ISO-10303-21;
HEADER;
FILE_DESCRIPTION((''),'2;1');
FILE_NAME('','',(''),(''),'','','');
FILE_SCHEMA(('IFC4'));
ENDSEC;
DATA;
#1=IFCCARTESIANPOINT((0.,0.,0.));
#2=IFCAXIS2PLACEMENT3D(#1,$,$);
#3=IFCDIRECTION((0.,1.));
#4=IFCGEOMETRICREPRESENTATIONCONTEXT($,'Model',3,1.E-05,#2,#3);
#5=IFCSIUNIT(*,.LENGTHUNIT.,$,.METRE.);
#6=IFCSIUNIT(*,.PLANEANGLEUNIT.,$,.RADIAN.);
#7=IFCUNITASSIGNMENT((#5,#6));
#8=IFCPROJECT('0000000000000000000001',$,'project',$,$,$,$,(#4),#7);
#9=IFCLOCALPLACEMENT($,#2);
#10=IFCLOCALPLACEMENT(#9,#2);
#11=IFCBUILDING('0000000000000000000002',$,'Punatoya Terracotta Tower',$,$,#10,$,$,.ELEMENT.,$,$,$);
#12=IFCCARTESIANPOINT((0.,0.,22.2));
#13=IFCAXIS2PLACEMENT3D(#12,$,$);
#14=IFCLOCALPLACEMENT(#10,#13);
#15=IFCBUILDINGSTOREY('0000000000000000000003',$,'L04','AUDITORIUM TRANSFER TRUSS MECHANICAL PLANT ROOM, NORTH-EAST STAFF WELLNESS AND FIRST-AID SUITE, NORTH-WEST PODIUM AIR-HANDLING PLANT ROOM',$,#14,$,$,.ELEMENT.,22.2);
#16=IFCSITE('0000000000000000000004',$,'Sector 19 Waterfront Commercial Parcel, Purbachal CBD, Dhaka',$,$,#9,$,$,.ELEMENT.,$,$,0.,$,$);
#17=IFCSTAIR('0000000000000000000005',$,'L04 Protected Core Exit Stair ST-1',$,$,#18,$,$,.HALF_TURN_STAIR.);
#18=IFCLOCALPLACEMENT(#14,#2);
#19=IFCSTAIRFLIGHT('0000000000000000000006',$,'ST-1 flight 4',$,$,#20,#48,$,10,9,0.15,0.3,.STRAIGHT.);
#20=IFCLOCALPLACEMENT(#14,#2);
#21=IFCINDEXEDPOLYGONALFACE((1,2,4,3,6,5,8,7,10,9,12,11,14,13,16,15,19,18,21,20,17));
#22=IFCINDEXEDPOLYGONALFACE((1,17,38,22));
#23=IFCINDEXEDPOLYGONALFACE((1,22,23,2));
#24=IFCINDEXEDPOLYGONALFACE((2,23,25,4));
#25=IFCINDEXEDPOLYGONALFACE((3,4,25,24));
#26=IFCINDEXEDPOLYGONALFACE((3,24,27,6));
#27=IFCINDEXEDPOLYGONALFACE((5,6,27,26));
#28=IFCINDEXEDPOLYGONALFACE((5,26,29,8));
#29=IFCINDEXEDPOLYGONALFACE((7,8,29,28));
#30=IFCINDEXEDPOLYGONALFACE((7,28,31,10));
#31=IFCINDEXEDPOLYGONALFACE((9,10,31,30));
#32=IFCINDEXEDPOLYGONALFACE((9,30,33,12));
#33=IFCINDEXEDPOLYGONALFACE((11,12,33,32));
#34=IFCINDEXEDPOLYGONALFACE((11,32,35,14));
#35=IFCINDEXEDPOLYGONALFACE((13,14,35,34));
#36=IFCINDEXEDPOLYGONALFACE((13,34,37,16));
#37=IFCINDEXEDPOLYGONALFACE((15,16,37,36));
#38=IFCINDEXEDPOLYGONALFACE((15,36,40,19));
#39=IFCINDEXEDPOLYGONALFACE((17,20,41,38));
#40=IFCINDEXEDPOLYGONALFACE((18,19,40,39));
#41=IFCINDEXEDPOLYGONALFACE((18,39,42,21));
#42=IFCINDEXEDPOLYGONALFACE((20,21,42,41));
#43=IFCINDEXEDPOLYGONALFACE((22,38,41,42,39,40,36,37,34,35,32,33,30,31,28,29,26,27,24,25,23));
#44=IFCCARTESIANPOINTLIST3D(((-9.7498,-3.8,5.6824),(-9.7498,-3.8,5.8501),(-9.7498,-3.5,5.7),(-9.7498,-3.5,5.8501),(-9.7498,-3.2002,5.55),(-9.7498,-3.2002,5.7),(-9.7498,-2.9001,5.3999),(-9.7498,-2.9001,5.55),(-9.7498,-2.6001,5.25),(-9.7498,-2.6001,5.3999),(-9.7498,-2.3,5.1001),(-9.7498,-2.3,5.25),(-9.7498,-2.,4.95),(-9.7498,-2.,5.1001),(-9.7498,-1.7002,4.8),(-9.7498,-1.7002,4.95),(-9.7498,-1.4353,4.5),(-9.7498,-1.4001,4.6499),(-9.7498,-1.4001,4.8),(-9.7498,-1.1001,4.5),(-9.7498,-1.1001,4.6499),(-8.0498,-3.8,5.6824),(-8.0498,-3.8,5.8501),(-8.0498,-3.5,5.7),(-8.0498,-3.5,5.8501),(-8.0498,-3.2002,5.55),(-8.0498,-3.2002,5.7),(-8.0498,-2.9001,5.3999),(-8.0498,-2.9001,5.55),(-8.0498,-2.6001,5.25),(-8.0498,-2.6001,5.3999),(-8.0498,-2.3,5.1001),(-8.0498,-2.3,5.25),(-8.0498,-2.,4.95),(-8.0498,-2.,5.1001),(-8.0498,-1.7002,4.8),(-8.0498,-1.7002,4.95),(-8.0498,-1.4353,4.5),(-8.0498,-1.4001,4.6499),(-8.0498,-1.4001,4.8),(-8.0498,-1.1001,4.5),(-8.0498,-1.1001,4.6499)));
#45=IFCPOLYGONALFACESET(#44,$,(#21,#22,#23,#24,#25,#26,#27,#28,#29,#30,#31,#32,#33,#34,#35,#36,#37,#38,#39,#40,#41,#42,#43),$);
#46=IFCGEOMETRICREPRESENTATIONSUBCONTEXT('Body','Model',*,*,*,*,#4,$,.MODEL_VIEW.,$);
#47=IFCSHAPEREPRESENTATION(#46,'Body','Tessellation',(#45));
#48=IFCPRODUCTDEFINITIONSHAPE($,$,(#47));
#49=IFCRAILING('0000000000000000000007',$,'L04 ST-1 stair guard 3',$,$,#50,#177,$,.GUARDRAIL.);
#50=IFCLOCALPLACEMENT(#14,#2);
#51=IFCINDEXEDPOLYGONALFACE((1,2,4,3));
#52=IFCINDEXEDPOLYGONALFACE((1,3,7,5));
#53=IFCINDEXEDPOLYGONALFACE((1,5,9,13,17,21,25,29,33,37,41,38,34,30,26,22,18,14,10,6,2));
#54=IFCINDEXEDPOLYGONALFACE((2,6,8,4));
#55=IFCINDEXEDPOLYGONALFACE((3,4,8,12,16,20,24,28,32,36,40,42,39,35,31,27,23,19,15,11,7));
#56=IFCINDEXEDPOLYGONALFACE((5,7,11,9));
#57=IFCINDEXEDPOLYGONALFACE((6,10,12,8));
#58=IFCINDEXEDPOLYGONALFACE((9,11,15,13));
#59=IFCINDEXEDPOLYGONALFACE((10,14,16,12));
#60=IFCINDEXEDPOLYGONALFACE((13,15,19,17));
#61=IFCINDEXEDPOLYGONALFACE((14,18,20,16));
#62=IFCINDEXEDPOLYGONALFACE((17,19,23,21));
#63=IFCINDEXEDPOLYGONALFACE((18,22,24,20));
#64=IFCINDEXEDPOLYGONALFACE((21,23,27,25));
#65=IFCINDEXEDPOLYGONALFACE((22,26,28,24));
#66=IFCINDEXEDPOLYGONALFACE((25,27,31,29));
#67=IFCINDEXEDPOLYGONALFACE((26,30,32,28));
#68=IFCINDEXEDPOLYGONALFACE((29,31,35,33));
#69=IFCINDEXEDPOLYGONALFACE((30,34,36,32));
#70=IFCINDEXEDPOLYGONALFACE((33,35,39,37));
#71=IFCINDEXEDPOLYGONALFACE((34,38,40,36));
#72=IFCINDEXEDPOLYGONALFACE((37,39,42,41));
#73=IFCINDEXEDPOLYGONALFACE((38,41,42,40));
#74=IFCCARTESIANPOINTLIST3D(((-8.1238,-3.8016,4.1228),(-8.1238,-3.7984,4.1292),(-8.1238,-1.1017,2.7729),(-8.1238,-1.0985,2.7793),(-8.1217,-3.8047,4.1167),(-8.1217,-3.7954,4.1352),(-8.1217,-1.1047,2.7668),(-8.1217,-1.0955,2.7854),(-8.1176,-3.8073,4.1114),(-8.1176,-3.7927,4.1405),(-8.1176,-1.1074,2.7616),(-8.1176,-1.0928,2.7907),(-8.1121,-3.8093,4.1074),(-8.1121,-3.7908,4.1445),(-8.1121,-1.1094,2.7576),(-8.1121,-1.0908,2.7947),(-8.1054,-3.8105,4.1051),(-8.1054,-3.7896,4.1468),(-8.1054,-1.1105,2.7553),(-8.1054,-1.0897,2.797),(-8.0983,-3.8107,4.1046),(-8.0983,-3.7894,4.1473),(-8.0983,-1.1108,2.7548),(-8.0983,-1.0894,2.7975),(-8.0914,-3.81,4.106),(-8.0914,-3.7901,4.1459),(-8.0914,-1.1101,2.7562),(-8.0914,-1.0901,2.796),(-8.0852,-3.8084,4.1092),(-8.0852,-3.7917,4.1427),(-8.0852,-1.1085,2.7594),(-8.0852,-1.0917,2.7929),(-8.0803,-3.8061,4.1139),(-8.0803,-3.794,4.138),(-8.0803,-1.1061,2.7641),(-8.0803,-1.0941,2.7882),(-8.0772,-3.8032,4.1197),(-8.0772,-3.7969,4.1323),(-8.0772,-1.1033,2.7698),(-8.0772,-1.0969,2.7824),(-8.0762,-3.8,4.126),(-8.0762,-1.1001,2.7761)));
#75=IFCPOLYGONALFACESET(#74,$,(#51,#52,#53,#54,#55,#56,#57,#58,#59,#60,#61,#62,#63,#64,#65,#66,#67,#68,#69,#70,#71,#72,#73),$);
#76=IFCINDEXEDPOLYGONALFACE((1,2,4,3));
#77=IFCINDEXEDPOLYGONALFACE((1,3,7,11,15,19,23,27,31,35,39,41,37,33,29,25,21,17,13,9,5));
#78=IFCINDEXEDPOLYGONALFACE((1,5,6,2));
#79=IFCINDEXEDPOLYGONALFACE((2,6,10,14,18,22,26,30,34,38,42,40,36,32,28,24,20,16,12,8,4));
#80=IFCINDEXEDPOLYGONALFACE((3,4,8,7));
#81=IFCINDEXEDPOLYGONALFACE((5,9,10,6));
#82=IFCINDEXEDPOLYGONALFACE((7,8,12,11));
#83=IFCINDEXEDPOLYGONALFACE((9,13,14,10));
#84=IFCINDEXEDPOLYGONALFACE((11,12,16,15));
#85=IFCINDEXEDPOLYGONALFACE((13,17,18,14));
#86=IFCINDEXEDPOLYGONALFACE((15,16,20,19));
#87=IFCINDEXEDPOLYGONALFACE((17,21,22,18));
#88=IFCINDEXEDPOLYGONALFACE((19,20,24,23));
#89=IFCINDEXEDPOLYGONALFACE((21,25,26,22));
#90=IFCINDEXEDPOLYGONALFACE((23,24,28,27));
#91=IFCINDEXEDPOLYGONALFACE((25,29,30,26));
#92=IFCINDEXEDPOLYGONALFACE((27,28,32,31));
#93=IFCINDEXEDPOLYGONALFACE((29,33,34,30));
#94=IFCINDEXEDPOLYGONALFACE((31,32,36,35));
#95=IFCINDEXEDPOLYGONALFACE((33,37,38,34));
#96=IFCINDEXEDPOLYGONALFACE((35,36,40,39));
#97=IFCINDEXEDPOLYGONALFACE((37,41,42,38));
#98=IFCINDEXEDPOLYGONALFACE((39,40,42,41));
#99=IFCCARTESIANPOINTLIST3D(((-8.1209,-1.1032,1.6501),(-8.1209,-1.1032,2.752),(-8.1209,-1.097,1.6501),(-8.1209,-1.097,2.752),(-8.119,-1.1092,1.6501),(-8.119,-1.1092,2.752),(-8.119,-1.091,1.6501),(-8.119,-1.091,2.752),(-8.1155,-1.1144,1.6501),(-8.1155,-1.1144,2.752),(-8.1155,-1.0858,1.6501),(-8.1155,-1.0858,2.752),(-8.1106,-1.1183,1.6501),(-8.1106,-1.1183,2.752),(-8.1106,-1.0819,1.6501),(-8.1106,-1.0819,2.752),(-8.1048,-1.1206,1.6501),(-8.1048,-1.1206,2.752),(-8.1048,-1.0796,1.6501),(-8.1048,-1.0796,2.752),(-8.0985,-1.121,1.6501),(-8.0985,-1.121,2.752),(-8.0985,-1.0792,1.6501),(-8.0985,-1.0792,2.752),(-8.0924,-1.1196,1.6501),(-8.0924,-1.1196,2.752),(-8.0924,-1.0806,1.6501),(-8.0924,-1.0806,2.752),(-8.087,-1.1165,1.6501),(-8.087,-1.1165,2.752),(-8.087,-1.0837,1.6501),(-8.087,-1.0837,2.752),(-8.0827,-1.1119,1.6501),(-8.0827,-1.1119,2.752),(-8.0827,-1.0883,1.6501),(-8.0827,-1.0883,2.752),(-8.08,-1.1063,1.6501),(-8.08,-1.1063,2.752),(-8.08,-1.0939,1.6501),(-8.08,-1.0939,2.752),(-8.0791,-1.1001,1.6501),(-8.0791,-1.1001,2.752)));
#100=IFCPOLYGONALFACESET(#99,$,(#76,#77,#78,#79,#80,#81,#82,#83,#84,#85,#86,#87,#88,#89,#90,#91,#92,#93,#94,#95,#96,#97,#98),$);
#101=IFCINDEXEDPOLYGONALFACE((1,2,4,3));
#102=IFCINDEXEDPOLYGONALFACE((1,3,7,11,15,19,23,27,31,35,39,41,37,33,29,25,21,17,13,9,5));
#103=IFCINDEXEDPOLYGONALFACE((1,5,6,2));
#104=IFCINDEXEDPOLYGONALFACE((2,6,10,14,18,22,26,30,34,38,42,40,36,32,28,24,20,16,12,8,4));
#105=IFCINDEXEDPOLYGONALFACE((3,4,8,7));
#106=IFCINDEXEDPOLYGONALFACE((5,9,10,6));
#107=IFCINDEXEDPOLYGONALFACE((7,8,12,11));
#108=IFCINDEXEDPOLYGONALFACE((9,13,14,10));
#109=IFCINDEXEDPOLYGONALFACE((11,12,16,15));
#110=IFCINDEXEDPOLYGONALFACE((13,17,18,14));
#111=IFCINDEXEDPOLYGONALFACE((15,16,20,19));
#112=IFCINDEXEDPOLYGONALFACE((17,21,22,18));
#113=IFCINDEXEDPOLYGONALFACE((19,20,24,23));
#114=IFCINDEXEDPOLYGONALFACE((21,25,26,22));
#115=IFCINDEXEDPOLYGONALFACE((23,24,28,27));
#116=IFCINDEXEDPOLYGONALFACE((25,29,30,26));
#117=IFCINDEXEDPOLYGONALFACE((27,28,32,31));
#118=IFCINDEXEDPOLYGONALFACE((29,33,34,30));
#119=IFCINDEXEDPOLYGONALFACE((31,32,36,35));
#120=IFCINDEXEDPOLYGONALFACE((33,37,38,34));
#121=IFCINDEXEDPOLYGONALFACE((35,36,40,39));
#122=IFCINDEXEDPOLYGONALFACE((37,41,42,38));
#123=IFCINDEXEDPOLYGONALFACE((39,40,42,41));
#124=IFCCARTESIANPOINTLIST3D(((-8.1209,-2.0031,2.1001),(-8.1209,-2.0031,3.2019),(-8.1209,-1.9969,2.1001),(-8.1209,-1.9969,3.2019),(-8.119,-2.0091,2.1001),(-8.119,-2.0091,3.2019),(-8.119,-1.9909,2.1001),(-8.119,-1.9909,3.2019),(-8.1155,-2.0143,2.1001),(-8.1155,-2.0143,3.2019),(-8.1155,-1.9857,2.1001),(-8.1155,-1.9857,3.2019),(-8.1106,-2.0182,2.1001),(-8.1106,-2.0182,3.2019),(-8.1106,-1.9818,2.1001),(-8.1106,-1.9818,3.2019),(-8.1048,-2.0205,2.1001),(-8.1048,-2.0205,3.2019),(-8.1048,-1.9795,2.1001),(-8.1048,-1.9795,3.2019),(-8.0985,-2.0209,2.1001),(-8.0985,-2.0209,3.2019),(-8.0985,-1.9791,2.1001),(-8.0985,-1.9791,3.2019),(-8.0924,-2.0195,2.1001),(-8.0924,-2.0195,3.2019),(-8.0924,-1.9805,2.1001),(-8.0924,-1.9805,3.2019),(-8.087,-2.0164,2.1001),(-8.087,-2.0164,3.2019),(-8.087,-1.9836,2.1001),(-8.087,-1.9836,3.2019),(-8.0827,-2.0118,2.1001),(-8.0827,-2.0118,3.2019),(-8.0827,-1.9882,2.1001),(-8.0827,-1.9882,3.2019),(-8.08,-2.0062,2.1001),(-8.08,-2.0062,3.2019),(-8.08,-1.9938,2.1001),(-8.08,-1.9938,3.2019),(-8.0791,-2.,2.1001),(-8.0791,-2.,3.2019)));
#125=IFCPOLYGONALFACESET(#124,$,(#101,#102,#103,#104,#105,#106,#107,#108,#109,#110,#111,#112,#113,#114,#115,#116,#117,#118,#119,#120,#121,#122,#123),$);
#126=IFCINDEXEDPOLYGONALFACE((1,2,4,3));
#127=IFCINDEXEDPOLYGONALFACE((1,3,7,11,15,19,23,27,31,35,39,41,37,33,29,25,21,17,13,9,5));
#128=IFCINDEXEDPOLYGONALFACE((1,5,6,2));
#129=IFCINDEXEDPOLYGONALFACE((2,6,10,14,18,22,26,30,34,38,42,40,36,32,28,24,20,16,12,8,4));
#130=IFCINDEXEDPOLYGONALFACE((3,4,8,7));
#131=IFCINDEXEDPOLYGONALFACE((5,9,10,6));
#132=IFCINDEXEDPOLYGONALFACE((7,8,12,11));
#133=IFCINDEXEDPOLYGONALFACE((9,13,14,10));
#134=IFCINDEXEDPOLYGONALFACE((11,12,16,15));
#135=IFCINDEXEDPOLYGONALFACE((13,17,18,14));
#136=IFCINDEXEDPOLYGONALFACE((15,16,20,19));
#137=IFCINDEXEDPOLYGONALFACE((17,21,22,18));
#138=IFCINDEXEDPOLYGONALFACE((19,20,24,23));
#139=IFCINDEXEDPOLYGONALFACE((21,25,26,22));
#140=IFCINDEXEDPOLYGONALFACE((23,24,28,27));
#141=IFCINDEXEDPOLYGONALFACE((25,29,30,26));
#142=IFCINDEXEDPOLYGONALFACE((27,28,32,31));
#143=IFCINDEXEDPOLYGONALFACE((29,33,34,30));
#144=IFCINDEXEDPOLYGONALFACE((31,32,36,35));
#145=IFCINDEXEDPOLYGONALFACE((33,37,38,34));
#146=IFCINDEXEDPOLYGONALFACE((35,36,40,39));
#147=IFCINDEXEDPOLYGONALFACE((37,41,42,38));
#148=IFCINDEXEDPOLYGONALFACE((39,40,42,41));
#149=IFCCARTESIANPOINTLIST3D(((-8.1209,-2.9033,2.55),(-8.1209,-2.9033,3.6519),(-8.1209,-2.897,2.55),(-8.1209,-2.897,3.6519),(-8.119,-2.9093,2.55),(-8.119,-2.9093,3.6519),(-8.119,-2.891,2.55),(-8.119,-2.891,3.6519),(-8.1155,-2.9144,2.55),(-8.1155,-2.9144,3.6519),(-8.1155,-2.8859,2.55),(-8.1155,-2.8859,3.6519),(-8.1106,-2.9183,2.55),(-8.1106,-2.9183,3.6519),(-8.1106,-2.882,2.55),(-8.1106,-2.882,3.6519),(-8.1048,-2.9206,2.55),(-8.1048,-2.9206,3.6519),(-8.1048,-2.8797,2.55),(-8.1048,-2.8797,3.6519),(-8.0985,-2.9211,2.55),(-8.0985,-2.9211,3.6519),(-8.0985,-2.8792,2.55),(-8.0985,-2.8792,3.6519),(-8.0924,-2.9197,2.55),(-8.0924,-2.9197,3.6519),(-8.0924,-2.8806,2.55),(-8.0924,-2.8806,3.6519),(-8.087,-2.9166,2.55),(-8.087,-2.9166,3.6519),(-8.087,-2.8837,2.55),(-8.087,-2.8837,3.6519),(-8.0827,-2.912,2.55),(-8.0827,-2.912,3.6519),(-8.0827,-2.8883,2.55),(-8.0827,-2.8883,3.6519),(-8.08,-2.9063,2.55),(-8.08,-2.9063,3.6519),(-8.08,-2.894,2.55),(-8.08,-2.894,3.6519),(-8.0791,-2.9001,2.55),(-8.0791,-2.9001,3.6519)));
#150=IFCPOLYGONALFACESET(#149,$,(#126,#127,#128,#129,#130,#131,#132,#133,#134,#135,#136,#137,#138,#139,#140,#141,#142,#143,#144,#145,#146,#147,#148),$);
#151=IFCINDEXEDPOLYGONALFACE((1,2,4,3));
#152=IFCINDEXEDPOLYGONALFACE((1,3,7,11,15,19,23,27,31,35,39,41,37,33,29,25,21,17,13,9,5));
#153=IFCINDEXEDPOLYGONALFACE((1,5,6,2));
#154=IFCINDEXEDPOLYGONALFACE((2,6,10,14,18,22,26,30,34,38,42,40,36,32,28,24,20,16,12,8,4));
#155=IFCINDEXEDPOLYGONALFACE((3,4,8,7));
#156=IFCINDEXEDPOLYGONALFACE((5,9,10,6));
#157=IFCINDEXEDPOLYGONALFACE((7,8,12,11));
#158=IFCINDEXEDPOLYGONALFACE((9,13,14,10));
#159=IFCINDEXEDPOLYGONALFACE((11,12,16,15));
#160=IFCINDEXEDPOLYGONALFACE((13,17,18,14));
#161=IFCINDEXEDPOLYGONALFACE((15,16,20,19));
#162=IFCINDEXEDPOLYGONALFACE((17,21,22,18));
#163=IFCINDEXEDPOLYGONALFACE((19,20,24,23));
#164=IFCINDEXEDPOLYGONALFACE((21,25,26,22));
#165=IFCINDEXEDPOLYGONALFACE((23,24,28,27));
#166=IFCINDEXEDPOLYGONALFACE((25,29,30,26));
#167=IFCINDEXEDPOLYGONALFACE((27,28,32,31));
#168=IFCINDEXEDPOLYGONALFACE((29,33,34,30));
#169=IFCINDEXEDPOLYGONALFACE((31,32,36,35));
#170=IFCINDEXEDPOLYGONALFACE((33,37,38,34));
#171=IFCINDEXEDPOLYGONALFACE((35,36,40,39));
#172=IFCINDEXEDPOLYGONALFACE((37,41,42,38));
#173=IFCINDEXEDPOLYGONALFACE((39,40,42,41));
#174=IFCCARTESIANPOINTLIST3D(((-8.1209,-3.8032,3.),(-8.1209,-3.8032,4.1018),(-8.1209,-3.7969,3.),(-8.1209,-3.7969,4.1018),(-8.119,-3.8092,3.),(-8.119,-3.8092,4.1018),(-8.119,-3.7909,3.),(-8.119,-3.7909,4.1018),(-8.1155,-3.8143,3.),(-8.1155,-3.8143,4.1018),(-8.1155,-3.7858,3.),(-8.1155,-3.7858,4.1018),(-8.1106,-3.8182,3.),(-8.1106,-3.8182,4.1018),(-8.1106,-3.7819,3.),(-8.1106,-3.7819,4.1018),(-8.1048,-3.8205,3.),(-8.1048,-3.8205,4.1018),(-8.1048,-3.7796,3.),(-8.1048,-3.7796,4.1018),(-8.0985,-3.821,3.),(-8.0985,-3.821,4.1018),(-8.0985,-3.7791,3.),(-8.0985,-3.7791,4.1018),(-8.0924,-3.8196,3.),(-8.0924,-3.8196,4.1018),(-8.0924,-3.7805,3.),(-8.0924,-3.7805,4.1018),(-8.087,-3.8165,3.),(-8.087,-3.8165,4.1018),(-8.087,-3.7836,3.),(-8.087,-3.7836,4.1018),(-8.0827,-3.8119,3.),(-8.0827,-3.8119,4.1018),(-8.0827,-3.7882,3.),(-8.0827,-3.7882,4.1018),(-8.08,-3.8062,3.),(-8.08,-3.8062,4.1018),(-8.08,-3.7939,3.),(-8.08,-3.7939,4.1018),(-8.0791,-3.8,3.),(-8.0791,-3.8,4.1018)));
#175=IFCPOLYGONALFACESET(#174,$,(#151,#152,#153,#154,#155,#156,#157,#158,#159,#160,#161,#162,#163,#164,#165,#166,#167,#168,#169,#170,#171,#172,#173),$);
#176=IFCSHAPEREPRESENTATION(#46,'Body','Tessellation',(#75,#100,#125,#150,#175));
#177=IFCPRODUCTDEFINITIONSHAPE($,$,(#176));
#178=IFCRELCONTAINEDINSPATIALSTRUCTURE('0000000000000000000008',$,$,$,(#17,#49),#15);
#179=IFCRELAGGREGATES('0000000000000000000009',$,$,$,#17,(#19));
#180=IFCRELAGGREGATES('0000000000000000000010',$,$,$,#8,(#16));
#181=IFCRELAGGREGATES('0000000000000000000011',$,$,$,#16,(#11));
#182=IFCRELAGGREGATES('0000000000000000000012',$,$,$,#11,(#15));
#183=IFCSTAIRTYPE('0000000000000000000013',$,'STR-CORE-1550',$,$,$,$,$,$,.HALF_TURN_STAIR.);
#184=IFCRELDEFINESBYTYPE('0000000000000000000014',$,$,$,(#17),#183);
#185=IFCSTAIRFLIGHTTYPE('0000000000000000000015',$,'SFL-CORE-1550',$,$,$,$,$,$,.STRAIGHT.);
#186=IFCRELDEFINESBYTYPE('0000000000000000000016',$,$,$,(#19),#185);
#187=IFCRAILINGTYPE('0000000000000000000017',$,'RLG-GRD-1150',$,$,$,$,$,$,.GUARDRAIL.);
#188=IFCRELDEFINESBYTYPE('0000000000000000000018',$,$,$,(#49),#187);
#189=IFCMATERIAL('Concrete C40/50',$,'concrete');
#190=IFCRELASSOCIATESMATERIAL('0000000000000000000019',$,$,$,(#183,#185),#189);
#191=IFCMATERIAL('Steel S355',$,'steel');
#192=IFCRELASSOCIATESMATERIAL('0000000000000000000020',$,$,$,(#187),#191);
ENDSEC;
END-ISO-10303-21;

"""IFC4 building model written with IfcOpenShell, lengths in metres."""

from ifc_helpers import new_model, si_unit, direction, frame, origin, origin_2d, place, context, subcontext, project, spatial, polyline, circle, outline, extrude, material, type_object, element, aggregate, save


model = new_model("IFC4")

# Units and contexts
model_context = context("Model", 3, precision=1e-05, world=origin(), true_north=direction((0.0, 1.0)))
body_context = subcontext(model_context, "Body", "Model", "MODEL_VIEW")
ifc_project = project(units=[si_unit("LENGTHUNIT", "METRE"), si_unit("PLANEANGLEUNIT", "RADIAN")], contexts=[model_context])

# Site, building, storey
site_placement = place(None, origin())
site = spatial("IfcSite", under=ifc_project, at=site_placement, Name="Sector 19 Waterfront Commercial Parcel, Purbachal CBD, Dhaka", CompositionType="ELEMENT", RefElevation=0.0)
building_placement = place(site_placement, origin())
building = spatial("IfcBuilding", under=site, at=building_placement, Name="Punatoya Terracotta Tower", CompositionType="ELEMENT")
storey_placement = place(building_placement, frame((0.0, 0.0, 22.2)))
storey = spatial("IfcBuildingStorey", under=building, at=storey_placement, Name="L04", Description="AUDITORIUM TRANSFER TRUSS MECHANICAL PLANT ROOM, NORTH-EAST STAFF WELLNESS AND FIRST-AID SUITE, NORTH-WEST PODIUM AIR-HANDLING PLANT ROOM", CompositionType="ELEMENT", Elevation=22.2)

# Shared definitions
ifc_material_1 = material(Name="Steel S355", Category="steel")

# Shared definitions
ifc_material_2 = material(Name="Concrete C40/50", Category="concrete")

# Stair, stair flight
stair_type = type_object("IfcStairType", Name="STR-CORE-1550", PredefinedType="HALF_TURN_STAIR", material=ifc_material_2)
stair_placement = place(storey_placement, origin())
stair = element("IfcStair", 1, at=stair_placement, inside=storey, type_object=stair_type, Name="L04 Protected Core Exit Stair ST-1", PredefinedType="HALF_TURN_STAIR")
stair_flight_type = type_object("IfcStairFlightType", Name="SFL-CORE-1550", PredefinedType="STRAIGHT", material=ifc_material_2)
stair_flight_1_placement = place(storey_placement, frame((-8.8999, -1.1001, 4.5), z_axis=(0.0, 0.0, 1.0), x_axis=(0.0, -1.0, 0.0)))
stair_flight_1 = element("IfcStairFlight", 2, at=stair_flight_1_placement, type_object=stair_flight_type, Name="ST-1 flight 4", NumberOfRisers=10, NumberOfTreads=9, PredefinedType="STRAIGHT", RiserHeight=0.15, TreadLength=0.3, context=body_context, shape_type="SweptSolid", body=[
    extrude(outline(polyline([(0.0, 0.0), (0.0, 0.1499), (0.3, 0.1499), (0.3, 0.3), (0.6001, 0.3), (0.6001, 0.45), (0.8999, 0.45), (0.8999, 0.6001), (1.2, 0.6001), (1.2, 0.75), (1.5, 0.75), (1.5, 0.8999), (1.8, 0.8999), (1.8, 1.05), (2.1001, 1.05), (2.1001, 1.2), (2.3999, 1.2), (2.3999, 1.3501), (2.7, 1.3501), (2.7, 1.5), (2.7, 1.1824), (0.3352, 0.0), (0.0, 0.0)])), frame((0.0, 0.8501, 0.0), z_axis=(0.0, -1.0, 0.0), x_axis=(1.0, 0.0, 0.0)), (0.0, 0.0, 1.0), 1.7),
])
aggregate(stair, [stair_flight_1])

# Railing
railing_type_1 = type_object("IfcRailingType", Name="RLG-GRD-1150", PredefinedType="GUARDRAIL", material=ifc_material_1)
for number, where, name in (
    (3, (-8.1001, -1.1001, 1.6501), "L04 ST-1 stair guard 3"),
):
    element("IfcRailing", number, at=place(storey_placement, frame(where)), inside=storey, type_object=railing_type_1, Name=name, PredefinedType="GUARDRAIL", context=body_context, shape_type="SweptSolid", body=[
        extrude(circle(Radius=0.0239, at=origin_2d()), frame((0.0, 0.0, 1.126), z_axis=(0.0, -0.894443, 0.447181), x_axis=(1.0, 0.0, 0.0)), (0.0, 0.0, 1.0), 3.0186),
        extrude(circle(Radius=0.021, at=origin_2d()), origin(), (0.0, 0.0, 1.0), 1.1018),
        extrude(circle(Radius=0.021, at=origin_2d()), frame((0.0, -0.8999, 0.45)), (0.0, 0.0, 1.0), 1.1018),
        extrude(circle(Radius=0.021, at=origin_2d()), frame((0.0, -1.8, 0.8999)), (0.0, 0.0, 1.0), 1.1018),
        extrude(circle(Radius=0.021, at=origin_2d()), frame((0.0, -2.7, 1.3499)), (0.0, 0.0, 1.0), 1.1018),
    ])

save(model, "model.ifc")
